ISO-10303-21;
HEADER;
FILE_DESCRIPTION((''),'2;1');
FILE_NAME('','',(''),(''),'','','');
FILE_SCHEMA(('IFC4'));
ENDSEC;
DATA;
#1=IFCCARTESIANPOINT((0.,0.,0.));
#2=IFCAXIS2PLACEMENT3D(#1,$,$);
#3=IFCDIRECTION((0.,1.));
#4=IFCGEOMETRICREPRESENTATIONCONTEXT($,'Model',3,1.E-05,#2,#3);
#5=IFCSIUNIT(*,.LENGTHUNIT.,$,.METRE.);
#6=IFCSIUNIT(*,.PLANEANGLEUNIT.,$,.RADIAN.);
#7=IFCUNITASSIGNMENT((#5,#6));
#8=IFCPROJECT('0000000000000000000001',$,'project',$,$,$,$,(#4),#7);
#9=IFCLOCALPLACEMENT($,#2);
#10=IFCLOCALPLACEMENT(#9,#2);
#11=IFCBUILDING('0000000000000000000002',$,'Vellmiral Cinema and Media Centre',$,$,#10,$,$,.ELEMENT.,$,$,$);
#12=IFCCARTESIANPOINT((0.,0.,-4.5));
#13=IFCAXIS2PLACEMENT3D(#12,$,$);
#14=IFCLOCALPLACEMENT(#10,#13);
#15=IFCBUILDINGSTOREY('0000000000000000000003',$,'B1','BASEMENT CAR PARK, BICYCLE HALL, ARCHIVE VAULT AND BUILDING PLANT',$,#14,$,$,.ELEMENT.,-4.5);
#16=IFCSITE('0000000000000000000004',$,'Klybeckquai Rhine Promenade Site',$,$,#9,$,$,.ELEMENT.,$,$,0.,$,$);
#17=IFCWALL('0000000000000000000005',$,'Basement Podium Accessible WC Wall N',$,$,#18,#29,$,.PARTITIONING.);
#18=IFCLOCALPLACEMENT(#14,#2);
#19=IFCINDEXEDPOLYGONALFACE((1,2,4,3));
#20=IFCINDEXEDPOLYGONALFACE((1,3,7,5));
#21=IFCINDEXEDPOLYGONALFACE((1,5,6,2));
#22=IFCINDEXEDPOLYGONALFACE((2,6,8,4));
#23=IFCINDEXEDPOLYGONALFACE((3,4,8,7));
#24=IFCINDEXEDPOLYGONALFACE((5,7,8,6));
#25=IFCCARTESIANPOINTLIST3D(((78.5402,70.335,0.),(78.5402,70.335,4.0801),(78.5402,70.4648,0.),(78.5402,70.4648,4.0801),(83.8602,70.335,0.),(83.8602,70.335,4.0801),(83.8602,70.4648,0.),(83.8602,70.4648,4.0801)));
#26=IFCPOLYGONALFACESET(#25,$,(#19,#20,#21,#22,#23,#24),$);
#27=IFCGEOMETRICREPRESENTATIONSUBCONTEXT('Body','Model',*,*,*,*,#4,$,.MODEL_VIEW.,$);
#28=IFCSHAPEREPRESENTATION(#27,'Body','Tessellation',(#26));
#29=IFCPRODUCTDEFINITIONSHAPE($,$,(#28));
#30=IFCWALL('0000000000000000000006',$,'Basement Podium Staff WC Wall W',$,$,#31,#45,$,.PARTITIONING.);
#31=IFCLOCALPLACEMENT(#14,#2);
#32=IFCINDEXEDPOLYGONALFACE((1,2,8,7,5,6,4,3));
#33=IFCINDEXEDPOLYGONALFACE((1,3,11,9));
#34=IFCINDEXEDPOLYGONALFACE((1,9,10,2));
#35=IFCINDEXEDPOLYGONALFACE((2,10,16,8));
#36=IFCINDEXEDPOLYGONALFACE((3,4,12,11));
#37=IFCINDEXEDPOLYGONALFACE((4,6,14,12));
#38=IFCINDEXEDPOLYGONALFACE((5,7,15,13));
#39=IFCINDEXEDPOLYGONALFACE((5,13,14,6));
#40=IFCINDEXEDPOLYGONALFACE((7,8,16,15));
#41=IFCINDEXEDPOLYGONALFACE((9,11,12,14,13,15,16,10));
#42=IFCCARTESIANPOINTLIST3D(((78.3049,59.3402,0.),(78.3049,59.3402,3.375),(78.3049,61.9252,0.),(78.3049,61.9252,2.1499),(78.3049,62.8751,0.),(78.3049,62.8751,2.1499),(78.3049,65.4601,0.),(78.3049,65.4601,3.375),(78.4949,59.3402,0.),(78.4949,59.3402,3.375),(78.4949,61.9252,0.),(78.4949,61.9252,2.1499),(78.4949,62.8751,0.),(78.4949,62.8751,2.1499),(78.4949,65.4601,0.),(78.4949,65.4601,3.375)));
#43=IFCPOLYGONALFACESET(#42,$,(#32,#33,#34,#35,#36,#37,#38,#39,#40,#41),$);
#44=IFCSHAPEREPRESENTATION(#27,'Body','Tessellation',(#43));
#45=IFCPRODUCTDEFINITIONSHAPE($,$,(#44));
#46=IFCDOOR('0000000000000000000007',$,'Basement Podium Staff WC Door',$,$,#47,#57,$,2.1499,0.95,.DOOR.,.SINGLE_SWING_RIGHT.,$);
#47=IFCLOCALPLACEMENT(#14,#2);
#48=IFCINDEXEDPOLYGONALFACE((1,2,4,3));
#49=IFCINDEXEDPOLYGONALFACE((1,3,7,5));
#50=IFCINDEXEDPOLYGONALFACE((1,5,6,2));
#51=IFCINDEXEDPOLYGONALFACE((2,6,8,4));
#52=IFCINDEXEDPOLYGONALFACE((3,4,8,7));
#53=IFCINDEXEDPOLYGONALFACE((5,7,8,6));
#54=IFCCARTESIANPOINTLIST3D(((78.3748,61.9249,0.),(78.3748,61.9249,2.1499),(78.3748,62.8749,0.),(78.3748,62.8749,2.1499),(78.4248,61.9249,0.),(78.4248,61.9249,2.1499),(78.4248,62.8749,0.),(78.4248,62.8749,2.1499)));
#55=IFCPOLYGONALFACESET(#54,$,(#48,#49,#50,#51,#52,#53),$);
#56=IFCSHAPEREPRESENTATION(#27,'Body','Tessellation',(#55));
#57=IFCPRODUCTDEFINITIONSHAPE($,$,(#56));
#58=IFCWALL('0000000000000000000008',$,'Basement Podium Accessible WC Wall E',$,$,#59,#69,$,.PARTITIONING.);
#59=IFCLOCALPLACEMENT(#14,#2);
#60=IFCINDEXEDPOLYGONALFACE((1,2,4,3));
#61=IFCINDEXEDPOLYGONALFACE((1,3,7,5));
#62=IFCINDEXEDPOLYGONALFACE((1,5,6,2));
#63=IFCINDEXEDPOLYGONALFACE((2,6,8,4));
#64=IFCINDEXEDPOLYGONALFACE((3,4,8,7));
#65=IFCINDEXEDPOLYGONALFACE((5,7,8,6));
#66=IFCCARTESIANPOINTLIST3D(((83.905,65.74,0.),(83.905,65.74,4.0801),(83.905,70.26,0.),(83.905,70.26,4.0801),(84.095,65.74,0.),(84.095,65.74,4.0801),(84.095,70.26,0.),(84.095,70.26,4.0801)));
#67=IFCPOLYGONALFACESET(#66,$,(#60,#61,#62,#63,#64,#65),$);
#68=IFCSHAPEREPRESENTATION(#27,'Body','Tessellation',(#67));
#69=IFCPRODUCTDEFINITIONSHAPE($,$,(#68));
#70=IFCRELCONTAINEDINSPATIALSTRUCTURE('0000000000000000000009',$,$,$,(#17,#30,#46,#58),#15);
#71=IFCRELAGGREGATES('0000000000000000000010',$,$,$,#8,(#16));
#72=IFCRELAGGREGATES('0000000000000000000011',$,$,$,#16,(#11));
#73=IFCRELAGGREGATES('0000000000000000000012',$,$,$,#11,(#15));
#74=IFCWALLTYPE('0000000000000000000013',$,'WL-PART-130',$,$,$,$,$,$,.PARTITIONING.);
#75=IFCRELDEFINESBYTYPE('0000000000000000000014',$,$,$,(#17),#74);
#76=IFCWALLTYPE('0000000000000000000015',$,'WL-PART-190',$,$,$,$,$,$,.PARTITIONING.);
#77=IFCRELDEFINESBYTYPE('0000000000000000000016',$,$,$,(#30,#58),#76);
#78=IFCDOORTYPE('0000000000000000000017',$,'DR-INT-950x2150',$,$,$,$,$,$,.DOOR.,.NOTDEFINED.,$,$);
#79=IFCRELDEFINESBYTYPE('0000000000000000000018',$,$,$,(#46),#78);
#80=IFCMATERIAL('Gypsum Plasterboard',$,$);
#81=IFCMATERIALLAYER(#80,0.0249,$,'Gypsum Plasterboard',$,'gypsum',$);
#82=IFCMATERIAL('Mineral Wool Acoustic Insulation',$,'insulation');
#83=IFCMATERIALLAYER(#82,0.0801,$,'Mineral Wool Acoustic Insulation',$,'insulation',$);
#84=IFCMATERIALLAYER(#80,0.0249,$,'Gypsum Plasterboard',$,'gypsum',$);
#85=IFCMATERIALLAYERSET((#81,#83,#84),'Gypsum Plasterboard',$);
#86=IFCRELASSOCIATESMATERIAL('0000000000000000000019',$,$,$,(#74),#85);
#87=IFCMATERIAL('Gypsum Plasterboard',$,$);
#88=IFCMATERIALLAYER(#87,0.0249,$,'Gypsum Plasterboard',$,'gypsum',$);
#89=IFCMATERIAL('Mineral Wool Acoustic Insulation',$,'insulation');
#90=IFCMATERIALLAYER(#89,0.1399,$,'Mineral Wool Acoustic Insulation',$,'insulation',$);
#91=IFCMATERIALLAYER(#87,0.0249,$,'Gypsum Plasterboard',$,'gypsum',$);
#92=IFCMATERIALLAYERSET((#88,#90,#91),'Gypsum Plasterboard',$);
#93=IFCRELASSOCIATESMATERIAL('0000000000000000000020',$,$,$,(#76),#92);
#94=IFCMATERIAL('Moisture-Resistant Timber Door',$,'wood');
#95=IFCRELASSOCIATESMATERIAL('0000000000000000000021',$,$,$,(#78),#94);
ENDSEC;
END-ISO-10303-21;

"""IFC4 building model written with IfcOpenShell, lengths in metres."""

from ifc_helpers import new_model, si_unit, direction, frame, frame_2d, origin, place, context, subcontext, project, spatial, rectangle, extrude, material, layer, layer_set, type_object, element, fill, save


model = new_model("IFC4")

# Units and contexts
model_context = context("Model", 3, precision=1e-05, world=origin(), true_north=direction((0.0, 1.0)))
body_context = subcontext(model_context, "Body", "Model", "MODEL_VIEW")
ifc_project = project(units=[si_unit("LENGTHUNIT", "METRE"), si_unit("PLANEANGLEUNIT", "RADIAN")], contexts=[model_context])

# Site, building, storey
site_placement = place(None, origin())
site = spatial("IfcSite", under=ifc_project, at=site_placement, Name="Klybeckquai Rhine Promenade Site", CompositionType="ELEMENT", RefElevation=0.0)
building_placement = place(site_placement, origin())
building = spatial("IfcBuilding", under=site, at=building_placement, Name="Vellmiral Cinema and Media Centre", CompositionType="ELEMENT")
storey_placement = place(building_placement, frame((0.0, 0.0, -4.5)))
storey = spatial("IfcBuildingStorey", under=building, at=storey_placement, Name="B1", Description="BASEMENT CAR PARK, BICYCLE HALL, ARCHIVE VAULT AND BUILDING PLANT", CompositionType="ELEMENT", Elevation=-4.5)

# Wall
ifc_material_1 = material(Name="Gypsum Plasterboard")
ifc_layer_1 = layer(ifc_material_1, 0.0249, Name="Gypsum Plasterboard", Category="gypsum")
ifc_material_2 = material(Name="Mineral Wool Acoustic Insulation", Category="insulation")
ifc_layer_2 = layer(ifc_material_2, 0.0801, Name="Mineral Wool Acoustic Insulation", Category="insulation")
ifc_layer_3 = layer(ifc_material_1, 0.0249, Name="Gypsum Plasterboard", Category="gypsum")
ifc_layer_set_1 = layer_set([ifc_layer_1, ifc_layer_2, ifc_layer_3], Name="Gypsum Plasterboard")
wall_type_1 = type_object("IfcWallType", Name="WL-PART-130", PredefinedType="PARTITIONING", material=ifc_layer_set_1)
wall_1_placement = place(storey_placement, frame((78.54, 70.3999, 0.0), z_axis=(0.0, 0.0, 1.0), x_axis=(1.0, 0.0, 0.0)))
element("IfcWall", 1, at=wall_1_placement, inside=storey, type_object=wall_type_1, Name="Basement Podium Accessible WC Wall N", PredefinedType="PARTITIONING", context=body_context, shape_type="SweptSolid", body=[
    extrude(rectangle(XDim=5.3201, YDim=0.1299, at=frame_2d((2.6602, 0.0))), origin(), (0.0, 0.0, 1.0), 4.0801),
])

# Wall, opening, door
ifc_material_3 = material(Name="Gypsum Plasterboard")
ifc_layer_4 = layer(ifc_material_3, 0.0249, Name="Gypsum Plasterboard", Category="gypsum")
ifc_material_4 = material(Name="Mineral Wool Acoustic Insulation", Category="insulation")
ifc_layer_5 = layer(ifc_material_4, 0.1399, Name="Mineral Wool Acoustic Insulation", Category="insulation")
ifc_layer_6 = layer(ifc_material_3, 0.0249, Name="Gypsum Plasterboard", Category="gypsum")
ifc_layer_set_2 = layer_set([ifc_layer_4, ifc_layer_5, ifc_layer_6], Name="Gypsum Plasterboard")
wall_type_2 = type_object("IfcWallType", Name="WL-PART-190", PredefinedType="PARTITIONING", material=ifc_layer_set_2)
wall_2_placement = place(storey_placement, frame((78.3999, 59.3401, 0.0), z_axis=(0.0, 0.0, 1.0), x_axis=(0.0, 1.0, 0.0)))
wall_2 = element("IfcWall", 2, at=wall_2_placement, inside=storey, type_object=wall_type_2, Name="Basement Podium Staff WC Wall W", PredefinedType="PARTITIONING", context=body_context, shape_type="SweptSolid", body=[
    extrude(rectangle(XDim=6.1199, YDim=0.1899, at=frame_2d((3.0601, 0.0))), origin(), (0.0, 0.0, 1.0), 3.375),
])
opening_1_placement = place(wall_2_placement, frame((2.585, 0.0, 0.0)))
opening_1 = element("IfcOpeningElement", 3, at=opening_1_placement, cuts=wall_2, PredefinedType="OPENING", context=body_context, shape_type="SweptSolid", body=[
    extrude(rectangle(XDim=0.95, YDim=2.1499, at=frame_2d((0.4751, 1.075))), frame((0.0, 0.1069, 0.0), z_axis=(0.0, -1.0, 0.0), x_axis=(1.0, 0.0, 0.0)), (0.0, 0.0, 1.0), 0.2139),
])
ifc_material_5 = material(Name="Moisture-Resistant Timber Door", Category="wood")
door_type_1 = type_object("IfcDoorType", Name="DR-INT-950x2150", OperationType="NOTDEFINED", PredefinedType="DOOR", material=ifc_material_5)
door_1_placement = place(opening_1_placement, frame((0.95, 0.0, 0.0), z_axis=(0.0, 0.0, 1.0), x_axis=(-1.0, 0.0, 0.0)))
door_1 = element("IfcDoor", 4, at=door_1_placement, inside=storey, type_object=door_type_1, Name="Basement Podium Staff WC Door", OperationType="SINGLE_SWING_RIGHT", OverallHeight=2.1499, OverallWidth=0.95, PredefinedType="DOOR", context=body_context, shape_type="SweptSolid", body=[
    extrude(rectangle(XDim=0.95, YDim=2.1499, at=frame_2d((0.4751, 1.075))), frame((0.0, 0.0249, 0.0), z_axis=(0.0, -1.0, 0.0), x_axis=(1.0, 0.0, 0.0)), (0.0, 0.0, 1.0), 0.05),
])
fill(opening_1, door_1)

# Wall
wall_3_placement = place(storey_placement, frame((84.0, 65.74, 0.0), z_axis=(0.0, 0.0, 1.0), x_axis=(0.0, 1.0, 0.0)))
element("IfcWall", 5, at=wall_3_placement, inside=storey, type_object=wall_type_2, Name="Basement Podium Accessible WC Wall E", PredefinedType="PARTITIONING", context=body_context, shape_type="SweptSolid", body=[
    extrude(rectangle(XDim=4.52, YDim=0.1899, at=frame_2d((2.26, 0.0))), origin(), (0.0, 0.0, 1.0), 4.0801),
])

save(model, "model.ifc")
